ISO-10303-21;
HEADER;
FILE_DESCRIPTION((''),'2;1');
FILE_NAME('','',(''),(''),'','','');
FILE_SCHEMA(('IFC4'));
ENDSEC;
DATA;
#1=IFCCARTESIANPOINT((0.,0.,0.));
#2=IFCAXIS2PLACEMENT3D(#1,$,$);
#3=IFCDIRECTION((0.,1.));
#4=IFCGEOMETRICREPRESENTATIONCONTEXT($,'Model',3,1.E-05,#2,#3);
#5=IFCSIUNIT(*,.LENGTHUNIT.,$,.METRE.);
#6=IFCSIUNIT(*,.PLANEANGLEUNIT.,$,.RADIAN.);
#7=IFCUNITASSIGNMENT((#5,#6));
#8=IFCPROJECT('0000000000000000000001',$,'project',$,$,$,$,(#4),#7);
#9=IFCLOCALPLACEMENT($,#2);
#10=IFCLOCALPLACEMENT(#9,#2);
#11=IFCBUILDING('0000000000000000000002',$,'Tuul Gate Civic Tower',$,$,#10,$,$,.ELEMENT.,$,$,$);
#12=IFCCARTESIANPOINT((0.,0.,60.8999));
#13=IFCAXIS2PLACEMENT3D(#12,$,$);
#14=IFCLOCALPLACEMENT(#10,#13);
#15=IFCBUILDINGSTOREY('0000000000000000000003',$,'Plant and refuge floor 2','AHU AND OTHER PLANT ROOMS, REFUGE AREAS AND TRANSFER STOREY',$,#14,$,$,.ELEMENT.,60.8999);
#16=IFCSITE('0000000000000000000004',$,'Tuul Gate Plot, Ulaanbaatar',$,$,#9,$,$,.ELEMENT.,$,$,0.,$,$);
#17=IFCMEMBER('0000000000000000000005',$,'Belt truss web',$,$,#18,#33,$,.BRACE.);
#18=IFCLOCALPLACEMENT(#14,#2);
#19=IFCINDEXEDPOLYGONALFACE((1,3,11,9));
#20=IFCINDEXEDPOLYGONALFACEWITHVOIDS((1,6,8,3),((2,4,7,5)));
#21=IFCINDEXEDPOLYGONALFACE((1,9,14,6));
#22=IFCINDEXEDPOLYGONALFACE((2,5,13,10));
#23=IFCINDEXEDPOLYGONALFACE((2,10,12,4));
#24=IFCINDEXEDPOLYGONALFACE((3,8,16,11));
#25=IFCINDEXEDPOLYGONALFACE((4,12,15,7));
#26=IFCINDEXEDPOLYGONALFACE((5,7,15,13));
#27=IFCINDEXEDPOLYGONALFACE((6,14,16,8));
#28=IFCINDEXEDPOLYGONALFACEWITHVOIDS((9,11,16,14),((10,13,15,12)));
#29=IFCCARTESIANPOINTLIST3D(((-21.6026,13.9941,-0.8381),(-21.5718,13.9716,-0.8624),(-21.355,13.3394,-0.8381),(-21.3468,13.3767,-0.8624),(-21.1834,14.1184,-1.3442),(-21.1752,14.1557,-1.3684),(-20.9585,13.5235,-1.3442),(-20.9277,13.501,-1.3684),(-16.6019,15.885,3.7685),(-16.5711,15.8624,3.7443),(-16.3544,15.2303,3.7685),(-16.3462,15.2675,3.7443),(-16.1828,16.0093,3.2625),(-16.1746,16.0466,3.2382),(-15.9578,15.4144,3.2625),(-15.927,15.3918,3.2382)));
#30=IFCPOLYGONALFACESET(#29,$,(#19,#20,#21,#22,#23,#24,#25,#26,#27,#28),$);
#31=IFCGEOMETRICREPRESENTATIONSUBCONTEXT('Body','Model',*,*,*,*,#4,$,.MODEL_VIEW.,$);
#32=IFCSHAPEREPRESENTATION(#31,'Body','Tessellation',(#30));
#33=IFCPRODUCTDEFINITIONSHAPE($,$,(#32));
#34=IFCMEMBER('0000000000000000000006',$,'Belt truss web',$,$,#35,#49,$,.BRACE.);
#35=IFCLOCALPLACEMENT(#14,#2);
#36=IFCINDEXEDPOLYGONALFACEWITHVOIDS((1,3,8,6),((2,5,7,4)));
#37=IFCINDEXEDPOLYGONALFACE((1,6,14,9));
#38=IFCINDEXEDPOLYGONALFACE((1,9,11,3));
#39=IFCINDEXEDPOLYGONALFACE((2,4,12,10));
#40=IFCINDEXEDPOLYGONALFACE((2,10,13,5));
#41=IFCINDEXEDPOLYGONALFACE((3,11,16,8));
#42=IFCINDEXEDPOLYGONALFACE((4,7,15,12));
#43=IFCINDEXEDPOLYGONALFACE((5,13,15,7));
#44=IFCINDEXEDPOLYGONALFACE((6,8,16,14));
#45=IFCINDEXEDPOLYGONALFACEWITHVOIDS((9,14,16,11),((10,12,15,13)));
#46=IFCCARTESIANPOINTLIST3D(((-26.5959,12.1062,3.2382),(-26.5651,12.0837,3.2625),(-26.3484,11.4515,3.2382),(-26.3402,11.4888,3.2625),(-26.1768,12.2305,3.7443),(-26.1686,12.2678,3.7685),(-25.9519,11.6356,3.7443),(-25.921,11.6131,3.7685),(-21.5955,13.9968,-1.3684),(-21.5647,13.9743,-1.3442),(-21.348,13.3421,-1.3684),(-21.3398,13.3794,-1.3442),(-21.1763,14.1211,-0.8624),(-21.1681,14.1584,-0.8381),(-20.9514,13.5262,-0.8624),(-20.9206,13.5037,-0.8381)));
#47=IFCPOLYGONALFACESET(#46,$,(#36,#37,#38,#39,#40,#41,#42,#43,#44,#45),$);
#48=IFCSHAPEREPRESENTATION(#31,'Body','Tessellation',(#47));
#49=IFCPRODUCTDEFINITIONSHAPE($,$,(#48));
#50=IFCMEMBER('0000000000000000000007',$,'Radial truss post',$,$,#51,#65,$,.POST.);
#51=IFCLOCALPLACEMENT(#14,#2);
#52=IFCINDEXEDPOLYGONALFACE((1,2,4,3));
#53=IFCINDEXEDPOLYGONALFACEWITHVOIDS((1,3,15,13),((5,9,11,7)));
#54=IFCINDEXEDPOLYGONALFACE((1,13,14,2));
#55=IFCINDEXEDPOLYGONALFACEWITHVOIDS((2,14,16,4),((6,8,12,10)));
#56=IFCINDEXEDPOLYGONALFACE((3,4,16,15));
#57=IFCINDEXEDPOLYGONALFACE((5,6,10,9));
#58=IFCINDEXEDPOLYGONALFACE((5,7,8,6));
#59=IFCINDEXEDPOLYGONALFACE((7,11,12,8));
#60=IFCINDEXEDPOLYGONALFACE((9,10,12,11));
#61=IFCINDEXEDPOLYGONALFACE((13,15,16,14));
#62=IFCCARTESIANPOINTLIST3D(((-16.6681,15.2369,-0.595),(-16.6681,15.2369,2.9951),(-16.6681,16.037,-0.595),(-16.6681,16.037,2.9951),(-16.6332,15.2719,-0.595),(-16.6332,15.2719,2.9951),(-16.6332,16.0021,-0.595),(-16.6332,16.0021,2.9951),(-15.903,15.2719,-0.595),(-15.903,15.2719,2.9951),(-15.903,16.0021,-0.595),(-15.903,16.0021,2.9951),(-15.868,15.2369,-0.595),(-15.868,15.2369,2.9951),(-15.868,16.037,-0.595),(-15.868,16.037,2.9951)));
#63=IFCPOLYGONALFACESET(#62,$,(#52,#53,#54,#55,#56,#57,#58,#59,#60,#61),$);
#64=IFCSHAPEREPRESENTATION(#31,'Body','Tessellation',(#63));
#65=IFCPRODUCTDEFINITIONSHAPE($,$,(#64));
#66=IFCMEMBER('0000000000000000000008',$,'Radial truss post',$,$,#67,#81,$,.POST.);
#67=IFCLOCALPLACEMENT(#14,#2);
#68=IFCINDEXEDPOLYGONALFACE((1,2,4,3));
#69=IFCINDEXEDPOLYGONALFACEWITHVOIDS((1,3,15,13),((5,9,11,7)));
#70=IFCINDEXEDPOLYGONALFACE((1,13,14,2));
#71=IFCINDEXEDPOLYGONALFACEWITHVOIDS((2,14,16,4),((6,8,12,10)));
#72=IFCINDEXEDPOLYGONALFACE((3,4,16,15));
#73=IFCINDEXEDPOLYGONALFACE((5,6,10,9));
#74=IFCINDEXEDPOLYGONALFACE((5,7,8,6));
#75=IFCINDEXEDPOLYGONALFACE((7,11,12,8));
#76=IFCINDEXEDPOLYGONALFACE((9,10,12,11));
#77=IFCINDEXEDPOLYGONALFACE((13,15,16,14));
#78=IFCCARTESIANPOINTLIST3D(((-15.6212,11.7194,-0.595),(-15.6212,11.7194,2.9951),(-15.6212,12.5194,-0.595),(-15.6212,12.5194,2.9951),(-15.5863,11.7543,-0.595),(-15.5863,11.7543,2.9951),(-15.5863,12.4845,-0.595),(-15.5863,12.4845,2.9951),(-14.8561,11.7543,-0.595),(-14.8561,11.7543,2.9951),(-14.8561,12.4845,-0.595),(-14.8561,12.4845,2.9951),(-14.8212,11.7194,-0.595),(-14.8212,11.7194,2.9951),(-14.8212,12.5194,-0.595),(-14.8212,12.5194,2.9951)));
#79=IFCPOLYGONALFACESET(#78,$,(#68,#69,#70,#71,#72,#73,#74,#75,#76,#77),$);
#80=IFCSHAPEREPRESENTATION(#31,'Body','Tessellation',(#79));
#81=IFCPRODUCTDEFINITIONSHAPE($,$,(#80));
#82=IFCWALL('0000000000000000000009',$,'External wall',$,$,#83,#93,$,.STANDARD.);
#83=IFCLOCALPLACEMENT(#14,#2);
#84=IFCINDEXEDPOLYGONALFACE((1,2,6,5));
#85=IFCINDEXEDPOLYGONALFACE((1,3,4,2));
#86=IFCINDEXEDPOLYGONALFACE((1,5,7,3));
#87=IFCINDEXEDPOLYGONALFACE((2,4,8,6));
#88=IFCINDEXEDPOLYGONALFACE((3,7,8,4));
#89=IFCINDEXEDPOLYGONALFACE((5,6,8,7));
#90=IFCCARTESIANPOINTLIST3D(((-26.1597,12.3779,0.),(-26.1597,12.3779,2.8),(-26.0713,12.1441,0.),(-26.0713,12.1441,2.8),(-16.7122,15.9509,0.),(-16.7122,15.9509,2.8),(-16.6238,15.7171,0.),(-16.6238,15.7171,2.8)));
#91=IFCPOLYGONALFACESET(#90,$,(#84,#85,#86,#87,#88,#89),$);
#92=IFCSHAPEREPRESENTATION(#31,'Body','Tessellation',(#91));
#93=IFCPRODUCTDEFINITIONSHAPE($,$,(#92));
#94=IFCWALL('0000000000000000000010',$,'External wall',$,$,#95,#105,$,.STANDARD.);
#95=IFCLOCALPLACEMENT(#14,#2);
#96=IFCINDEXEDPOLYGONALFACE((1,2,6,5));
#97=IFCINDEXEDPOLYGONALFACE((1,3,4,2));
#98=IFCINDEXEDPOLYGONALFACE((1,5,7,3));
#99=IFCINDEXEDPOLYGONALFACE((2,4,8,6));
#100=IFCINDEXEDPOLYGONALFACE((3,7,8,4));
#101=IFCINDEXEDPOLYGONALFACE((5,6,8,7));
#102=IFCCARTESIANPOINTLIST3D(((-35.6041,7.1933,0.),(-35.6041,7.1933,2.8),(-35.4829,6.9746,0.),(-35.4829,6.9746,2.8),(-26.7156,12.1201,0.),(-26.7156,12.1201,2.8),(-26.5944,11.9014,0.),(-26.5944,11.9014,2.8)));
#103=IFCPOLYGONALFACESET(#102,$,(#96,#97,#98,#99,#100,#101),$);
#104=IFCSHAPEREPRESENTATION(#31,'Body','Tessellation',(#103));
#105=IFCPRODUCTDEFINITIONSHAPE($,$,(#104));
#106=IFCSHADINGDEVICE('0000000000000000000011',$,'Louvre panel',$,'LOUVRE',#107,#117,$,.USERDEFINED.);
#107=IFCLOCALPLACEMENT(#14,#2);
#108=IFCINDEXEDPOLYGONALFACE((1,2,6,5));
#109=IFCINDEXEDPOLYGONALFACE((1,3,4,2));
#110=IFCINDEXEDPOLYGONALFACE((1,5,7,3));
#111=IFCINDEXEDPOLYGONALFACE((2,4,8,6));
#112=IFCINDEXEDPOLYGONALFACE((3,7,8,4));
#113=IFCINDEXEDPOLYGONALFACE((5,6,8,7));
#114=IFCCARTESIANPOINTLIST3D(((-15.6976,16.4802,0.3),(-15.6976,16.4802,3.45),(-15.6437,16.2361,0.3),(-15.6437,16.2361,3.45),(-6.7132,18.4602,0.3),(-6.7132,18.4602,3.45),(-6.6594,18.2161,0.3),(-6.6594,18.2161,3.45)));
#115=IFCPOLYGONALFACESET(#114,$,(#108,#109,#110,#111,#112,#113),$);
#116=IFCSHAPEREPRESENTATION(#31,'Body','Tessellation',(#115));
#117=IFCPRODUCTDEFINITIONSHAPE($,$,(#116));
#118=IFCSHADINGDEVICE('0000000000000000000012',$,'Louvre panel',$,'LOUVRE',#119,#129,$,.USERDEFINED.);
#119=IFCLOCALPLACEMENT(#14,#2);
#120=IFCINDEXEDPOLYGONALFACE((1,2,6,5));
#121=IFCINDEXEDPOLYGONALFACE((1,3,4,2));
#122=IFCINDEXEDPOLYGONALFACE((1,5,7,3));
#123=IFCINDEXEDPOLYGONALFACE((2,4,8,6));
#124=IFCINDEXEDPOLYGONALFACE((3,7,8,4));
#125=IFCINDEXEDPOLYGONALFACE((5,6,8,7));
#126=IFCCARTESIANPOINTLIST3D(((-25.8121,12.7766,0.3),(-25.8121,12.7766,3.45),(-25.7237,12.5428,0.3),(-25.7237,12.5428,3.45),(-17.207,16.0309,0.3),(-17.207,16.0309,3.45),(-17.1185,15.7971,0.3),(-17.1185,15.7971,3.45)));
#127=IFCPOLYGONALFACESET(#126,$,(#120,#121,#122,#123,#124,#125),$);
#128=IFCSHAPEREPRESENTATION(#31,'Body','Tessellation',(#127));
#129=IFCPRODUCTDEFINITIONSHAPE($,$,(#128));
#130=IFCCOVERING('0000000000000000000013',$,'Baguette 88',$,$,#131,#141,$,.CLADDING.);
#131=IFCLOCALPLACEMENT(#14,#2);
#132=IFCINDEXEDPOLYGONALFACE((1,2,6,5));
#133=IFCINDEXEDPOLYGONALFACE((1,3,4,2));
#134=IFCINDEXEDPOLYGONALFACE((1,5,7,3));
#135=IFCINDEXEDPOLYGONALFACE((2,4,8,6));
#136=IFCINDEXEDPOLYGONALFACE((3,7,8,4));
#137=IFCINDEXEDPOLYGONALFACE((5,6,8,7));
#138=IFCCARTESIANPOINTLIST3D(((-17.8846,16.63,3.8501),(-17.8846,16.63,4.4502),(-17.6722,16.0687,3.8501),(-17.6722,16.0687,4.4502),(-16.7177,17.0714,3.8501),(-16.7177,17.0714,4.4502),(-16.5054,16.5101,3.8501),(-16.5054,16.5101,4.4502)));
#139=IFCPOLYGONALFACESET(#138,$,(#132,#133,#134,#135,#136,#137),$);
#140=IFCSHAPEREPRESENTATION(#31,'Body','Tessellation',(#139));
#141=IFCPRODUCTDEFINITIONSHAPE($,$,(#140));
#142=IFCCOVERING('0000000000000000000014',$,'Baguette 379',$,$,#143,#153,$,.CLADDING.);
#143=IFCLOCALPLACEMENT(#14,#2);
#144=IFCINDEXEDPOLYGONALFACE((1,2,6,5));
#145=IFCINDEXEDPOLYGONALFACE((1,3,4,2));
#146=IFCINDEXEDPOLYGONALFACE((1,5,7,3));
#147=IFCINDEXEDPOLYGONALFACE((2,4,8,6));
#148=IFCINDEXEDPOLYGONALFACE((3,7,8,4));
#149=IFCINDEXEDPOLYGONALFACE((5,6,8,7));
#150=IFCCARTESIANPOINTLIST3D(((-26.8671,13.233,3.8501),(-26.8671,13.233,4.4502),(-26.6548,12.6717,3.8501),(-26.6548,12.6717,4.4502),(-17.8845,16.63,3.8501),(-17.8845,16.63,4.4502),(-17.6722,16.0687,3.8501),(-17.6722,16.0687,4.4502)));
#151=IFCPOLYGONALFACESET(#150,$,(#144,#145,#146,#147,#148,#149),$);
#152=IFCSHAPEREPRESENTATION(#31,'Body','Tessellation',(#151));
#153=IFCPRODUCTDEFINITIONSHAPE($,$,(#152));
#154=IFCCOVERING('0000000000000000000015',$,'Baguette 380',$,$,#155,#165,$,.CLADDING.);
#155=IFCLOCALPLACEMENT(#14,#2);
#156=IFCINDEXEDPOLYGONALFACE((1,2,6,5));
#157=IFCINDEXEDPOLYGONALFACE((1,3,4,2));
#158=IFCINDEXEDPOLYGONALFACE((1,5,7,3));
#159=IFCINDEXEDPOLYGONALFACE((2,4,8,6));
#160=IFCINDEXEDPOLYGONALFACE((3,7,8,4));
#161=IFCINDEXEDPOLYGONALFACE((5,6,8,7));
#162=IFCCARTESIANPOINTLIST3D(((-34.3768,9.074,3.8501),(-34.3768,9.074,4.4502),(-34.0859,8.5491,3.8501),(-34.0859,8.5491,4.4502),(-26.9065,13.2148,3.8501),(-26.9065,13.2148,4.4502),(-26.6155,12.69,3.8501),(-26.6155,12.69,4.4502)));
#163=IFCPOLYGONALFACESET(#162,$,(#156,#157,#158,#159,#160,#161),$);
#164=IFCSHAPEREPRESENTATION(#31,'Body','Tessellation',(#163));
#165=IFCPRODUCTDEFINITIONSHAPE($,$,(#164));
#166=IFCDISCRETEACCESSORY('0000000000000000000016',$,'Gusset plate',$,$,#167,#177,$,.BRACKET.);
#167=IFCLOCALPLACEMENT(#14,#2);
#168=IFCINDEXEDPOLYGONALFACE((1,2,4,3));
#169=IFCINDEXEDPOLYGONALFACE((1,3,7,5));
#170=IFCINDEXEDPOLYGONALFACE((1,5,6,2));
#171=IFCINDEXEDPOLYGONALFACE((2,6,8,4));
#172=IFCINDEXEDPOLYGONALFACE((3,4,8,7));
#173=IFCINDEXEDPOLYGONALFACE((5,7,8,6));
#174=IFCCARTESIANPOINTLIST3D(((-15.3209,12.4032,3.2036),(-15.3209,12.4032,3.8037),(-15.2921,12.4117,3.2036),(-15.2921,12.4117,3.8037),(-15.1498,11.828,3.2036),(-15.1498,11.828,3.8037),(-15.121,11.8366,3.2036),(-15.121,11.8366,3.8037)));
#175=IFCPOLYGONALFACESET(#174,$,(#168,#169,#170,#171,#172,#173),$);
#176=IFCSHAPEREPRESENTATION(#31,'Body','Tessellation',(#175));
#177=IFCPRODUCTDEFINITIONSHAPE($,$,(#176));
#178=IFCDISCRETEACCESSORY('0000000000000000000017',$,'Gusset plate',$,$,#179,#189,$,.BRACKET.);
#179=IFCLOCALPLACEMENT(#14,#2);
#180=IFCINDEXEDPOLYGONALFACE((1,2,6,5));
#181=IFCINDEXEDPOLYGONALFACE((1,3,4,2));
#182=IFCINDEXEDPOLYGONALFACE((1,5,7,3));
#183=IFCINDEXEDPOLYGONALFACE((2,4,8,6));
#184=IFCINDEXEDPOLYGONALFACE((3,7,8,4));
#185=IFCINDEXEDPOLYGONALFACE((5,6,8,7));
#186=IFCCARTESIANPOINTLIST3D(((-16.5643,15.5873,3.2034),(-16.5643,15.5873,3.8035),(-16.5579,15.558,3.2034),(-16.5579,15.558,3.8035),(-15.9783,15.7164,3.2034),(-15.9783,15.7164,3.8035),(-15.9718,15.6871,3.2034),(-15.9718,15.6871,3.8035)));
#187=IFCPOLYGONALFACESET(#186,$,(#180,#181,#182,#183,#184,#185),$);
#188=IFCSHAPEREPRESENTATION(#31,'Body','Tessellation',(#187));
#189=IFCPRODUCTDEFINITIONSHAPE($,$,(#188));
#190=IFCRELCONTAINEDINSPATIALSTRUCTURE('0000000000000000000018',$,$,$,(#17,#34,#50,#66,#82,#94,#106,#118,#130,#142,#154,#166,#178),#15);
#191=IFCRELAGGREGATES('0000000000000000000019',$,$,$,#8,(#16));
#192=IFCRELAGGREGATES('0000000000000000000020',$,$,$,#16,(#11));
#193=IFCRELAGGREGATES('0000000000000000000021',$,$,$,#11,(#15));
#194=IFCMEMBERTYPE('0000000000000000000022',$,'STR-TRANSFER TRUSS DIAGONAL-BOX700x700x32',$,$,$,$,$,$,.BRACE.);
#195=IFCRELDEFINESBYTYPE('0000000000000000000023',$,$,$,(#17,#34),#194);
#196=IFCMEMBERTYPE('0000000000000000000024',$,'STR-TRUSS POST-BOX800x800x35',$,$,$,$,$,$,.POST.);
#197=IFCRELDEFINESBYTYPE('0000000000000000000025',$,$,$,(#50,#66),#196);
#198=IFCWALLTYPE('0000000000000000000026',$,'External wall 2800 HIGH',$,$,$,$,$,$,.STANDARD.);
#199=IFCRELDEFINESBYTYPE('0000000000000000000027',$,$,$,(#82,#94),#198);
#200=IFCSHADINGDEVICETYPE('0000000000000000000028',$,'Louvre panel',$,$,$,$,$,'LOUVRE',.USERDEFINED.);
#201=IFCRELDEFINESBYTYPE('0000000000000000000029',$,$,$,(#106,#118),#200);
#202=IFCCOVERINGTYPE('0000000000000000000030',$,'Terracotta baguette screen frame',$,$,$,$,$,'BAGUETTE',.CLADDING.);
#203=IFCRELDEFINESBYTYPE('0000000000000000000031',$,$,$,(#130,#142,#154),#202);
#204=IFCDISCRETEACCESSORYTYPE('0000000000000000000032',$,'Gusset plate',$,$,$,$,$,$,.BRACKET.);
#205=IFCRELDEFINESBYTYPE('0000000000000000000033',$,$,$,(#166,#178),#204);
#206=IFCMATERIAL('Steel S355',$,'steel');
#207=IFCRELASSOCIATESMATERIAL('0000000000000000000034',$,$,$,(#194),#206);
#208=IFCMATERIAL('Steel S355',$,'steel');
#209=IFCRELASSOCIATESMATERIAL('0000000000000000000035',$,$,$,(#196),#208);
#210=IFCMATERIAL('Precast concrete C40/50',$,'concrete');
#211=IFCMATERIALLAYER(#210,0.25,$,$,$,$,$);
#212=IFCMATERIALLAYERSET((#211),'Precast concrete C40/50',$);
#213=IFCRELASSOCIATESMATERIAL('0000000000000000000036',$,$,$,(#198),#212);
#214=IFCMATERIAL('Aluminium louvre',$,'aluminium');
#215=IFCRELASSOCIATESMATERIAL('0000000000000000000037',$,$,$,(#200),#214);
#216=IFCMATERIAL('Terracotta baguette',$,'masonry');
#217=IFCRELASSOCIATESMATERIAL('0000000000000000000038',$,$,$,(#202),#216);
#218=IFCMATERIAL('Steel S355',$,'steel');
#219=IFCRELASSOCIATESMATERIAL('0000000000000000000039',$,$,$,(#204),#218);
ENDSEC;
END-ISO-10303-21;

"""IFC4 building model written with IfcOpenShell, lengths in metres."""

from ifc_helpers import new_model, si_unit, direction, frame, frame_2d, origin, origin_2d, place, context, subcontext, project, spatial, rectangle, hollow_rectangle, extrude, material, layer, layer_set, material_profile, profile_set, type_object, element, save


model = new_model("IFC4")

# Units and contexts
model_context = context("Model", 3, precision=1e-05, world=origin(), true_north=direction((0.0, 1.0)))
body_context = subcontext(model_context, "Body", "Model", "MODEL_VIEW")
ifc_project = project(units=[si_unit("LENGTHUNIT", "METRE"), si_unit("PLANEANGLEUNIT", "RADIAN")], contexts=[model_context])

# Site, building, storey
site_placement = place(None, origin())
site = spatial("IfcSite", under=ifc_project, at=site_placement, Name="Tuul Gate Plot, Ulaanbaatar", CompositionType="ELEMENT", RefElevation=0.0)
building_placement = place(site_placement, origin())
building = spatial("IfcBuilding", under=site, at=building_placement, Name="Tuul Gate Civic Tower", CompositionType="ELEMENT")
storey_placement = place(building_placement, frame((0.0, 0.0, 60.8999)))
storey = spatial("IfcBuildingStorey", under=building, at=storey_placement, Name="Plant and refuge floor 2", Description="AHU AND OTHER PLANT ROOMS, REFUGE AREAS AND TRANSFER STOREY", CompositionType="ELEMENT", Elevation=60.8999)

# Members
ifc_material_1 = material(Name="Steel S355", Category="steel")
ifc_material_profile_1 = material_profile(ifc_material_1, hollow_rectangle(XDim=0.7, YDim=0.7, WallThickness=0.032, at=origin_2d()), Name="BOX700x700x32")
ifc_profile_set_1 = profile_set([ifc_material_profile_1], Name="Steel S355")
member_type_1 = type_object("IfcMemberType", Name="STR-TRANSFER TRUSS DIAGONAL-BOX700x700x32", PredefinedType="BRACE", material=ifc_profile_set_1)
for number, where, z_axis, x_axis, name in (
    (1, (-21.2651, 13.7476, -1.1033), (0.708598, 0.267934, 0.652763), (-0.353679, 0.935367, 0.0), "Belt truss web"),
):
    element("IfcMember", number, at=place(storey_placement, frame(where, z_axis=z_axis, x_axis=x_axis)), inside=storey, type_object=member_type_1, Name=name, PredefinedType="BRACE", context=body_context, shape_type="SweptSolid", body=[
        extrude(hollow_rectangle(XDim=0.7, YDim=0.7, WallThickness=0.032, at=origin_2d()), origin(), (0.0, 0.0, 1.0), 7.0571),
    ])
member_1_placement = place(storey_placement, frame((-21.2581, 13.7502, -1.1033), z_axis=(-0.708588, -0.267909, 0.652785), x_axis=(0.353655, -0.935376, 0.0)))
element("IfcMember", 2, at=member_1_placement, inside=storey, type_object=member_type_1, Name="Belt truss web", PredefinedType="BRACE", context=body_context, shape_type="SweptSolid", body=[
    extrude(hollow_rectangle(XDim=0.7, YDim=0.7, WallThickness=0.032, at=origin_2d()), origin(), (0.0, 0.0, 1.0), 7.0569),
])
ifc_material_2 = material(Name="Steel S355", Category="steel")
ifc_material_profile_2 = material_profile(ifc_material_2, hollow_rectangle(XDim=0.8, YDim=0.8, WallThickness=0.0349, at=origin_2d()), Name="BOX800x800x35")
ifc_profile_set_2 = profile_set([ifc_material_profile_2], Name="Steel S355")
member_type_2 = type_object("IfcMemberType", Name="STR-TRUSS POST-BOX800x800x35", PredefinedType="POST", material=ifc_profile_set_2)
for number, where, z_axis, x_axis, name in (
    (3, (-16.2681, 15.637, -0.595), (0.0, 0.0, 1.0), (1.0, 0.0, 0.0), "Radial truss post"),
    (4, (-15.2212, 12.1194, -0.595), (0.0, 0.0, 1.0), (1.0, 0.0, 0.0), "Radial truss post"),
):
    element("IfcMember", number, at=place(storey_placement, frame(where, z_axis=z_axis, x_axis=x_axis)), inside=storey, type_object=member_type_2, Name=name, PredefinedType="POST", context=body_context, shape_type="SweptSolid", body=[
        extrude(hollow_rectangle(XDim=0.8, YDim=0.8, WallThickness=0.0349, at=origin_2d()), origin(), (0.0, 0.0, 1.0), 3.5901),
    ])

# Walls
ifc_material_3 = material(Name="Precast concrete C40/50", Category="concrete")
ifc_layer = layer(ifc_material_3, 0.25)
ifc_layer_set = layer_set([ifc_layer], Name="Precast concrete C40/50")
wall_type = type_object("IfcWallType", Name="External wall 2800 HIGH", PredefinedType="STANDARD", material=ifc_layer_set)
wall_1_placement = place(storey_placement, frame((-16.668, 15.834, 0.0), z_axis=(0.0, 0.0, 1.0), x_axis=(-0.935343, -0.353742, 0.0)))
element("IfcWall", 5, at=wall_1_placement, inside=storey, type_object=wall_type, Name="External wall", PredefinedType="STANDARD", context=body_context, shape_type="SweptSolid", body=[
    extrude(rectangle(XDim=10.1006, YDim=0.25, at=frame_2d((5.0503, 0.0))), origin(), (0.0, 0.0, 1.0), 2.8),
])
wall_2_placement = place(storey_placement, frame((-26.655, 12.0107, 0.0), z_axis=(0.0, 0.0, 1.0), x_axis=(-0.874627, -0.484796, 0.0)))
element("IfcWall", 6, at=wall_2_placement, inside=storey, type_object=wall_type, Name="External wall", PredefinedType="STANDARD", context=body_context, shape_type="SweptSolid", body=[
    extrude(rectangle(XDim=10.1626, YDim=0.25, at=frame_2d((5.0813, 0.0))), origin(), (0.0, 0.0, 1.0), 2.8),
])

# Shading devices
ifc_material_4 = material(Name="Aluminium louvre", Category="aluminium")
shading_device_type = type_object("IfcShadingDeviceType", Name="Louvre panel", ElementType="LOUVRE", PredefinedType="USERDEFINED", material=ifc_material_4)
for number, where, z_axis, x_axis, name in (
    (7, (-11.1785, 17.3481, 0.3), (0.0, 0.0, 1.0), (-0.215215, 0.976567, 0.0), "Louvre panel"),
    (8, (-21.4653, 14.2869, 0.3), (0.0, 0.0, 1.0), (-0.353734, 0.935346, 0.0), "Louvre panel"),
):
    element("IfcShadingDevice", number, at=place(storey_placement, frame(where, z_axis=z_axis, x_axis=x_axis)), inside=storey, type_object=shading_device_type, Name=name, ObjectType="LOUVRE", PredefinedType="USERDEFINED", context=body_context, shape_type="SweptSolid", body=[
        extrude(rectangle(XDim=0.25, YDim=9.2, at=origin_2d()), origin(), (0.0, 0.0, 1.0), 3.1499),
    ])

# Coverings
ifc_material_5 = material(Name="Terracotta baguette", Category="masonry")
ifc_material_profile_3 = material_profile(ifc_material_5, rectangle(XDim=0.6001, YDim=0.6001, at=origin_2d()), Name="Terracotta baguette screen frame")
ifc_profile_set_3 = profile_set([ifc_material_profile_3], Name="Terracotta baguette")
covering_type = type_object("IfcCoveringType", Name="Terracotta baguette screen frame", ElementType="BAGUETTE", PredefinedType="CLADDING", material=ifc_profile_set_3)
covering_1_placement = place(storey_placement, frame((-16.6116, 16.7908, 4.1501), z_axis=(-0.935304, -0.353846, 0.0), x_axis=(0.353846, -0.935304, 0.0)))
element("IfcCovering", 9, at=covering_1_placement, inside=storey, type_object=covering_type, Name="Baguette 88", PredefinedType="CLADDING", context=body_context, shape_type="SweptSolid", body=[
    extrude(rectangle(XDim=0.6001, YDim=0.6001, at=origin_2d()), origin(), (0.0, 0.0, 1.0), 1.2476),
])
covering_2_placement = place(storey_placement, frame((-17.7783, 16.3494, 4.1501), z_axis=(-0.935351, -0.353721, 0.0), x_axis=(0.353721, -0.935351, 0.0)))
element("IfcCovering", 10, at=covering_2_placement, inside=storey, type_object=covering_type, Name="Baguette 379", PredefinedType="CLADDING", context=body_context, shape_type="SweptSolid", body=[
    extrude(rectangle(XDim=0.6001, YDim=0.6001, at=origin_2d()), origin(), (0.0, 0.0, 1.0), 9.6035),
])
covering_3_placement = place(storey_placement, frame((-26.761, 12.9524, 4.1501), z_axis=(-0.874623, -0.484803, 0.0), x_axis=(0.484803, -0.874623, 0.0)))
element("IfcCovering", 11, at=covering_3_placement, inside=storey, type_object=covering_type, Name="Baguette 380", PredefinedType="CLADDING", context=body_context, shape_type="SweptSolid", body=[
    extrude(rectangle(XDim=0.6001, YDim=0.6001, at=origin_2d()), origin(), (0.0, 0.0, 1.0), 8.5413),
])

# Discrete accessories
ifc_material_6 = material(Name="Steel S355", Category="steel")
discrete_accessory_type = type_object("IfcDiscreteAccessoryType", Name="Gusset plate", PredefinedType="BRACKET", material=ifc_material_6)
for number, where, z_axis, x_axis, name in (
    (12, (-15.2209, 12.1199, 3.2036), (0.0, 0.0, 1.0), (-0.285225, 0.958461, 0.0), "Gusset plate"),
    (13, (-16.2681, 15.6372, 3.2034), (0.0, 0.0, 1.0), (0.976565, 0.215224, 0.0), "Gusset plate"),
):
    element("IfcDiscreteAccessory", number, at=place(storey_placement, frame(where, z_axis=z_axis, x_axis=x_axis)), inside=storey, type_object=discrete_accessory_type, Name=name, PredefinedType="BRACKET", context=body_context, shape_type="SweptSolid", body=[
        extrude(rectangle(XDim=0.6001, YDim=0.03, at=origin_2d()), origin(), (0.0, 0.0, 1.0), 0.6001),
    ])

save(model, "model.ifc")
